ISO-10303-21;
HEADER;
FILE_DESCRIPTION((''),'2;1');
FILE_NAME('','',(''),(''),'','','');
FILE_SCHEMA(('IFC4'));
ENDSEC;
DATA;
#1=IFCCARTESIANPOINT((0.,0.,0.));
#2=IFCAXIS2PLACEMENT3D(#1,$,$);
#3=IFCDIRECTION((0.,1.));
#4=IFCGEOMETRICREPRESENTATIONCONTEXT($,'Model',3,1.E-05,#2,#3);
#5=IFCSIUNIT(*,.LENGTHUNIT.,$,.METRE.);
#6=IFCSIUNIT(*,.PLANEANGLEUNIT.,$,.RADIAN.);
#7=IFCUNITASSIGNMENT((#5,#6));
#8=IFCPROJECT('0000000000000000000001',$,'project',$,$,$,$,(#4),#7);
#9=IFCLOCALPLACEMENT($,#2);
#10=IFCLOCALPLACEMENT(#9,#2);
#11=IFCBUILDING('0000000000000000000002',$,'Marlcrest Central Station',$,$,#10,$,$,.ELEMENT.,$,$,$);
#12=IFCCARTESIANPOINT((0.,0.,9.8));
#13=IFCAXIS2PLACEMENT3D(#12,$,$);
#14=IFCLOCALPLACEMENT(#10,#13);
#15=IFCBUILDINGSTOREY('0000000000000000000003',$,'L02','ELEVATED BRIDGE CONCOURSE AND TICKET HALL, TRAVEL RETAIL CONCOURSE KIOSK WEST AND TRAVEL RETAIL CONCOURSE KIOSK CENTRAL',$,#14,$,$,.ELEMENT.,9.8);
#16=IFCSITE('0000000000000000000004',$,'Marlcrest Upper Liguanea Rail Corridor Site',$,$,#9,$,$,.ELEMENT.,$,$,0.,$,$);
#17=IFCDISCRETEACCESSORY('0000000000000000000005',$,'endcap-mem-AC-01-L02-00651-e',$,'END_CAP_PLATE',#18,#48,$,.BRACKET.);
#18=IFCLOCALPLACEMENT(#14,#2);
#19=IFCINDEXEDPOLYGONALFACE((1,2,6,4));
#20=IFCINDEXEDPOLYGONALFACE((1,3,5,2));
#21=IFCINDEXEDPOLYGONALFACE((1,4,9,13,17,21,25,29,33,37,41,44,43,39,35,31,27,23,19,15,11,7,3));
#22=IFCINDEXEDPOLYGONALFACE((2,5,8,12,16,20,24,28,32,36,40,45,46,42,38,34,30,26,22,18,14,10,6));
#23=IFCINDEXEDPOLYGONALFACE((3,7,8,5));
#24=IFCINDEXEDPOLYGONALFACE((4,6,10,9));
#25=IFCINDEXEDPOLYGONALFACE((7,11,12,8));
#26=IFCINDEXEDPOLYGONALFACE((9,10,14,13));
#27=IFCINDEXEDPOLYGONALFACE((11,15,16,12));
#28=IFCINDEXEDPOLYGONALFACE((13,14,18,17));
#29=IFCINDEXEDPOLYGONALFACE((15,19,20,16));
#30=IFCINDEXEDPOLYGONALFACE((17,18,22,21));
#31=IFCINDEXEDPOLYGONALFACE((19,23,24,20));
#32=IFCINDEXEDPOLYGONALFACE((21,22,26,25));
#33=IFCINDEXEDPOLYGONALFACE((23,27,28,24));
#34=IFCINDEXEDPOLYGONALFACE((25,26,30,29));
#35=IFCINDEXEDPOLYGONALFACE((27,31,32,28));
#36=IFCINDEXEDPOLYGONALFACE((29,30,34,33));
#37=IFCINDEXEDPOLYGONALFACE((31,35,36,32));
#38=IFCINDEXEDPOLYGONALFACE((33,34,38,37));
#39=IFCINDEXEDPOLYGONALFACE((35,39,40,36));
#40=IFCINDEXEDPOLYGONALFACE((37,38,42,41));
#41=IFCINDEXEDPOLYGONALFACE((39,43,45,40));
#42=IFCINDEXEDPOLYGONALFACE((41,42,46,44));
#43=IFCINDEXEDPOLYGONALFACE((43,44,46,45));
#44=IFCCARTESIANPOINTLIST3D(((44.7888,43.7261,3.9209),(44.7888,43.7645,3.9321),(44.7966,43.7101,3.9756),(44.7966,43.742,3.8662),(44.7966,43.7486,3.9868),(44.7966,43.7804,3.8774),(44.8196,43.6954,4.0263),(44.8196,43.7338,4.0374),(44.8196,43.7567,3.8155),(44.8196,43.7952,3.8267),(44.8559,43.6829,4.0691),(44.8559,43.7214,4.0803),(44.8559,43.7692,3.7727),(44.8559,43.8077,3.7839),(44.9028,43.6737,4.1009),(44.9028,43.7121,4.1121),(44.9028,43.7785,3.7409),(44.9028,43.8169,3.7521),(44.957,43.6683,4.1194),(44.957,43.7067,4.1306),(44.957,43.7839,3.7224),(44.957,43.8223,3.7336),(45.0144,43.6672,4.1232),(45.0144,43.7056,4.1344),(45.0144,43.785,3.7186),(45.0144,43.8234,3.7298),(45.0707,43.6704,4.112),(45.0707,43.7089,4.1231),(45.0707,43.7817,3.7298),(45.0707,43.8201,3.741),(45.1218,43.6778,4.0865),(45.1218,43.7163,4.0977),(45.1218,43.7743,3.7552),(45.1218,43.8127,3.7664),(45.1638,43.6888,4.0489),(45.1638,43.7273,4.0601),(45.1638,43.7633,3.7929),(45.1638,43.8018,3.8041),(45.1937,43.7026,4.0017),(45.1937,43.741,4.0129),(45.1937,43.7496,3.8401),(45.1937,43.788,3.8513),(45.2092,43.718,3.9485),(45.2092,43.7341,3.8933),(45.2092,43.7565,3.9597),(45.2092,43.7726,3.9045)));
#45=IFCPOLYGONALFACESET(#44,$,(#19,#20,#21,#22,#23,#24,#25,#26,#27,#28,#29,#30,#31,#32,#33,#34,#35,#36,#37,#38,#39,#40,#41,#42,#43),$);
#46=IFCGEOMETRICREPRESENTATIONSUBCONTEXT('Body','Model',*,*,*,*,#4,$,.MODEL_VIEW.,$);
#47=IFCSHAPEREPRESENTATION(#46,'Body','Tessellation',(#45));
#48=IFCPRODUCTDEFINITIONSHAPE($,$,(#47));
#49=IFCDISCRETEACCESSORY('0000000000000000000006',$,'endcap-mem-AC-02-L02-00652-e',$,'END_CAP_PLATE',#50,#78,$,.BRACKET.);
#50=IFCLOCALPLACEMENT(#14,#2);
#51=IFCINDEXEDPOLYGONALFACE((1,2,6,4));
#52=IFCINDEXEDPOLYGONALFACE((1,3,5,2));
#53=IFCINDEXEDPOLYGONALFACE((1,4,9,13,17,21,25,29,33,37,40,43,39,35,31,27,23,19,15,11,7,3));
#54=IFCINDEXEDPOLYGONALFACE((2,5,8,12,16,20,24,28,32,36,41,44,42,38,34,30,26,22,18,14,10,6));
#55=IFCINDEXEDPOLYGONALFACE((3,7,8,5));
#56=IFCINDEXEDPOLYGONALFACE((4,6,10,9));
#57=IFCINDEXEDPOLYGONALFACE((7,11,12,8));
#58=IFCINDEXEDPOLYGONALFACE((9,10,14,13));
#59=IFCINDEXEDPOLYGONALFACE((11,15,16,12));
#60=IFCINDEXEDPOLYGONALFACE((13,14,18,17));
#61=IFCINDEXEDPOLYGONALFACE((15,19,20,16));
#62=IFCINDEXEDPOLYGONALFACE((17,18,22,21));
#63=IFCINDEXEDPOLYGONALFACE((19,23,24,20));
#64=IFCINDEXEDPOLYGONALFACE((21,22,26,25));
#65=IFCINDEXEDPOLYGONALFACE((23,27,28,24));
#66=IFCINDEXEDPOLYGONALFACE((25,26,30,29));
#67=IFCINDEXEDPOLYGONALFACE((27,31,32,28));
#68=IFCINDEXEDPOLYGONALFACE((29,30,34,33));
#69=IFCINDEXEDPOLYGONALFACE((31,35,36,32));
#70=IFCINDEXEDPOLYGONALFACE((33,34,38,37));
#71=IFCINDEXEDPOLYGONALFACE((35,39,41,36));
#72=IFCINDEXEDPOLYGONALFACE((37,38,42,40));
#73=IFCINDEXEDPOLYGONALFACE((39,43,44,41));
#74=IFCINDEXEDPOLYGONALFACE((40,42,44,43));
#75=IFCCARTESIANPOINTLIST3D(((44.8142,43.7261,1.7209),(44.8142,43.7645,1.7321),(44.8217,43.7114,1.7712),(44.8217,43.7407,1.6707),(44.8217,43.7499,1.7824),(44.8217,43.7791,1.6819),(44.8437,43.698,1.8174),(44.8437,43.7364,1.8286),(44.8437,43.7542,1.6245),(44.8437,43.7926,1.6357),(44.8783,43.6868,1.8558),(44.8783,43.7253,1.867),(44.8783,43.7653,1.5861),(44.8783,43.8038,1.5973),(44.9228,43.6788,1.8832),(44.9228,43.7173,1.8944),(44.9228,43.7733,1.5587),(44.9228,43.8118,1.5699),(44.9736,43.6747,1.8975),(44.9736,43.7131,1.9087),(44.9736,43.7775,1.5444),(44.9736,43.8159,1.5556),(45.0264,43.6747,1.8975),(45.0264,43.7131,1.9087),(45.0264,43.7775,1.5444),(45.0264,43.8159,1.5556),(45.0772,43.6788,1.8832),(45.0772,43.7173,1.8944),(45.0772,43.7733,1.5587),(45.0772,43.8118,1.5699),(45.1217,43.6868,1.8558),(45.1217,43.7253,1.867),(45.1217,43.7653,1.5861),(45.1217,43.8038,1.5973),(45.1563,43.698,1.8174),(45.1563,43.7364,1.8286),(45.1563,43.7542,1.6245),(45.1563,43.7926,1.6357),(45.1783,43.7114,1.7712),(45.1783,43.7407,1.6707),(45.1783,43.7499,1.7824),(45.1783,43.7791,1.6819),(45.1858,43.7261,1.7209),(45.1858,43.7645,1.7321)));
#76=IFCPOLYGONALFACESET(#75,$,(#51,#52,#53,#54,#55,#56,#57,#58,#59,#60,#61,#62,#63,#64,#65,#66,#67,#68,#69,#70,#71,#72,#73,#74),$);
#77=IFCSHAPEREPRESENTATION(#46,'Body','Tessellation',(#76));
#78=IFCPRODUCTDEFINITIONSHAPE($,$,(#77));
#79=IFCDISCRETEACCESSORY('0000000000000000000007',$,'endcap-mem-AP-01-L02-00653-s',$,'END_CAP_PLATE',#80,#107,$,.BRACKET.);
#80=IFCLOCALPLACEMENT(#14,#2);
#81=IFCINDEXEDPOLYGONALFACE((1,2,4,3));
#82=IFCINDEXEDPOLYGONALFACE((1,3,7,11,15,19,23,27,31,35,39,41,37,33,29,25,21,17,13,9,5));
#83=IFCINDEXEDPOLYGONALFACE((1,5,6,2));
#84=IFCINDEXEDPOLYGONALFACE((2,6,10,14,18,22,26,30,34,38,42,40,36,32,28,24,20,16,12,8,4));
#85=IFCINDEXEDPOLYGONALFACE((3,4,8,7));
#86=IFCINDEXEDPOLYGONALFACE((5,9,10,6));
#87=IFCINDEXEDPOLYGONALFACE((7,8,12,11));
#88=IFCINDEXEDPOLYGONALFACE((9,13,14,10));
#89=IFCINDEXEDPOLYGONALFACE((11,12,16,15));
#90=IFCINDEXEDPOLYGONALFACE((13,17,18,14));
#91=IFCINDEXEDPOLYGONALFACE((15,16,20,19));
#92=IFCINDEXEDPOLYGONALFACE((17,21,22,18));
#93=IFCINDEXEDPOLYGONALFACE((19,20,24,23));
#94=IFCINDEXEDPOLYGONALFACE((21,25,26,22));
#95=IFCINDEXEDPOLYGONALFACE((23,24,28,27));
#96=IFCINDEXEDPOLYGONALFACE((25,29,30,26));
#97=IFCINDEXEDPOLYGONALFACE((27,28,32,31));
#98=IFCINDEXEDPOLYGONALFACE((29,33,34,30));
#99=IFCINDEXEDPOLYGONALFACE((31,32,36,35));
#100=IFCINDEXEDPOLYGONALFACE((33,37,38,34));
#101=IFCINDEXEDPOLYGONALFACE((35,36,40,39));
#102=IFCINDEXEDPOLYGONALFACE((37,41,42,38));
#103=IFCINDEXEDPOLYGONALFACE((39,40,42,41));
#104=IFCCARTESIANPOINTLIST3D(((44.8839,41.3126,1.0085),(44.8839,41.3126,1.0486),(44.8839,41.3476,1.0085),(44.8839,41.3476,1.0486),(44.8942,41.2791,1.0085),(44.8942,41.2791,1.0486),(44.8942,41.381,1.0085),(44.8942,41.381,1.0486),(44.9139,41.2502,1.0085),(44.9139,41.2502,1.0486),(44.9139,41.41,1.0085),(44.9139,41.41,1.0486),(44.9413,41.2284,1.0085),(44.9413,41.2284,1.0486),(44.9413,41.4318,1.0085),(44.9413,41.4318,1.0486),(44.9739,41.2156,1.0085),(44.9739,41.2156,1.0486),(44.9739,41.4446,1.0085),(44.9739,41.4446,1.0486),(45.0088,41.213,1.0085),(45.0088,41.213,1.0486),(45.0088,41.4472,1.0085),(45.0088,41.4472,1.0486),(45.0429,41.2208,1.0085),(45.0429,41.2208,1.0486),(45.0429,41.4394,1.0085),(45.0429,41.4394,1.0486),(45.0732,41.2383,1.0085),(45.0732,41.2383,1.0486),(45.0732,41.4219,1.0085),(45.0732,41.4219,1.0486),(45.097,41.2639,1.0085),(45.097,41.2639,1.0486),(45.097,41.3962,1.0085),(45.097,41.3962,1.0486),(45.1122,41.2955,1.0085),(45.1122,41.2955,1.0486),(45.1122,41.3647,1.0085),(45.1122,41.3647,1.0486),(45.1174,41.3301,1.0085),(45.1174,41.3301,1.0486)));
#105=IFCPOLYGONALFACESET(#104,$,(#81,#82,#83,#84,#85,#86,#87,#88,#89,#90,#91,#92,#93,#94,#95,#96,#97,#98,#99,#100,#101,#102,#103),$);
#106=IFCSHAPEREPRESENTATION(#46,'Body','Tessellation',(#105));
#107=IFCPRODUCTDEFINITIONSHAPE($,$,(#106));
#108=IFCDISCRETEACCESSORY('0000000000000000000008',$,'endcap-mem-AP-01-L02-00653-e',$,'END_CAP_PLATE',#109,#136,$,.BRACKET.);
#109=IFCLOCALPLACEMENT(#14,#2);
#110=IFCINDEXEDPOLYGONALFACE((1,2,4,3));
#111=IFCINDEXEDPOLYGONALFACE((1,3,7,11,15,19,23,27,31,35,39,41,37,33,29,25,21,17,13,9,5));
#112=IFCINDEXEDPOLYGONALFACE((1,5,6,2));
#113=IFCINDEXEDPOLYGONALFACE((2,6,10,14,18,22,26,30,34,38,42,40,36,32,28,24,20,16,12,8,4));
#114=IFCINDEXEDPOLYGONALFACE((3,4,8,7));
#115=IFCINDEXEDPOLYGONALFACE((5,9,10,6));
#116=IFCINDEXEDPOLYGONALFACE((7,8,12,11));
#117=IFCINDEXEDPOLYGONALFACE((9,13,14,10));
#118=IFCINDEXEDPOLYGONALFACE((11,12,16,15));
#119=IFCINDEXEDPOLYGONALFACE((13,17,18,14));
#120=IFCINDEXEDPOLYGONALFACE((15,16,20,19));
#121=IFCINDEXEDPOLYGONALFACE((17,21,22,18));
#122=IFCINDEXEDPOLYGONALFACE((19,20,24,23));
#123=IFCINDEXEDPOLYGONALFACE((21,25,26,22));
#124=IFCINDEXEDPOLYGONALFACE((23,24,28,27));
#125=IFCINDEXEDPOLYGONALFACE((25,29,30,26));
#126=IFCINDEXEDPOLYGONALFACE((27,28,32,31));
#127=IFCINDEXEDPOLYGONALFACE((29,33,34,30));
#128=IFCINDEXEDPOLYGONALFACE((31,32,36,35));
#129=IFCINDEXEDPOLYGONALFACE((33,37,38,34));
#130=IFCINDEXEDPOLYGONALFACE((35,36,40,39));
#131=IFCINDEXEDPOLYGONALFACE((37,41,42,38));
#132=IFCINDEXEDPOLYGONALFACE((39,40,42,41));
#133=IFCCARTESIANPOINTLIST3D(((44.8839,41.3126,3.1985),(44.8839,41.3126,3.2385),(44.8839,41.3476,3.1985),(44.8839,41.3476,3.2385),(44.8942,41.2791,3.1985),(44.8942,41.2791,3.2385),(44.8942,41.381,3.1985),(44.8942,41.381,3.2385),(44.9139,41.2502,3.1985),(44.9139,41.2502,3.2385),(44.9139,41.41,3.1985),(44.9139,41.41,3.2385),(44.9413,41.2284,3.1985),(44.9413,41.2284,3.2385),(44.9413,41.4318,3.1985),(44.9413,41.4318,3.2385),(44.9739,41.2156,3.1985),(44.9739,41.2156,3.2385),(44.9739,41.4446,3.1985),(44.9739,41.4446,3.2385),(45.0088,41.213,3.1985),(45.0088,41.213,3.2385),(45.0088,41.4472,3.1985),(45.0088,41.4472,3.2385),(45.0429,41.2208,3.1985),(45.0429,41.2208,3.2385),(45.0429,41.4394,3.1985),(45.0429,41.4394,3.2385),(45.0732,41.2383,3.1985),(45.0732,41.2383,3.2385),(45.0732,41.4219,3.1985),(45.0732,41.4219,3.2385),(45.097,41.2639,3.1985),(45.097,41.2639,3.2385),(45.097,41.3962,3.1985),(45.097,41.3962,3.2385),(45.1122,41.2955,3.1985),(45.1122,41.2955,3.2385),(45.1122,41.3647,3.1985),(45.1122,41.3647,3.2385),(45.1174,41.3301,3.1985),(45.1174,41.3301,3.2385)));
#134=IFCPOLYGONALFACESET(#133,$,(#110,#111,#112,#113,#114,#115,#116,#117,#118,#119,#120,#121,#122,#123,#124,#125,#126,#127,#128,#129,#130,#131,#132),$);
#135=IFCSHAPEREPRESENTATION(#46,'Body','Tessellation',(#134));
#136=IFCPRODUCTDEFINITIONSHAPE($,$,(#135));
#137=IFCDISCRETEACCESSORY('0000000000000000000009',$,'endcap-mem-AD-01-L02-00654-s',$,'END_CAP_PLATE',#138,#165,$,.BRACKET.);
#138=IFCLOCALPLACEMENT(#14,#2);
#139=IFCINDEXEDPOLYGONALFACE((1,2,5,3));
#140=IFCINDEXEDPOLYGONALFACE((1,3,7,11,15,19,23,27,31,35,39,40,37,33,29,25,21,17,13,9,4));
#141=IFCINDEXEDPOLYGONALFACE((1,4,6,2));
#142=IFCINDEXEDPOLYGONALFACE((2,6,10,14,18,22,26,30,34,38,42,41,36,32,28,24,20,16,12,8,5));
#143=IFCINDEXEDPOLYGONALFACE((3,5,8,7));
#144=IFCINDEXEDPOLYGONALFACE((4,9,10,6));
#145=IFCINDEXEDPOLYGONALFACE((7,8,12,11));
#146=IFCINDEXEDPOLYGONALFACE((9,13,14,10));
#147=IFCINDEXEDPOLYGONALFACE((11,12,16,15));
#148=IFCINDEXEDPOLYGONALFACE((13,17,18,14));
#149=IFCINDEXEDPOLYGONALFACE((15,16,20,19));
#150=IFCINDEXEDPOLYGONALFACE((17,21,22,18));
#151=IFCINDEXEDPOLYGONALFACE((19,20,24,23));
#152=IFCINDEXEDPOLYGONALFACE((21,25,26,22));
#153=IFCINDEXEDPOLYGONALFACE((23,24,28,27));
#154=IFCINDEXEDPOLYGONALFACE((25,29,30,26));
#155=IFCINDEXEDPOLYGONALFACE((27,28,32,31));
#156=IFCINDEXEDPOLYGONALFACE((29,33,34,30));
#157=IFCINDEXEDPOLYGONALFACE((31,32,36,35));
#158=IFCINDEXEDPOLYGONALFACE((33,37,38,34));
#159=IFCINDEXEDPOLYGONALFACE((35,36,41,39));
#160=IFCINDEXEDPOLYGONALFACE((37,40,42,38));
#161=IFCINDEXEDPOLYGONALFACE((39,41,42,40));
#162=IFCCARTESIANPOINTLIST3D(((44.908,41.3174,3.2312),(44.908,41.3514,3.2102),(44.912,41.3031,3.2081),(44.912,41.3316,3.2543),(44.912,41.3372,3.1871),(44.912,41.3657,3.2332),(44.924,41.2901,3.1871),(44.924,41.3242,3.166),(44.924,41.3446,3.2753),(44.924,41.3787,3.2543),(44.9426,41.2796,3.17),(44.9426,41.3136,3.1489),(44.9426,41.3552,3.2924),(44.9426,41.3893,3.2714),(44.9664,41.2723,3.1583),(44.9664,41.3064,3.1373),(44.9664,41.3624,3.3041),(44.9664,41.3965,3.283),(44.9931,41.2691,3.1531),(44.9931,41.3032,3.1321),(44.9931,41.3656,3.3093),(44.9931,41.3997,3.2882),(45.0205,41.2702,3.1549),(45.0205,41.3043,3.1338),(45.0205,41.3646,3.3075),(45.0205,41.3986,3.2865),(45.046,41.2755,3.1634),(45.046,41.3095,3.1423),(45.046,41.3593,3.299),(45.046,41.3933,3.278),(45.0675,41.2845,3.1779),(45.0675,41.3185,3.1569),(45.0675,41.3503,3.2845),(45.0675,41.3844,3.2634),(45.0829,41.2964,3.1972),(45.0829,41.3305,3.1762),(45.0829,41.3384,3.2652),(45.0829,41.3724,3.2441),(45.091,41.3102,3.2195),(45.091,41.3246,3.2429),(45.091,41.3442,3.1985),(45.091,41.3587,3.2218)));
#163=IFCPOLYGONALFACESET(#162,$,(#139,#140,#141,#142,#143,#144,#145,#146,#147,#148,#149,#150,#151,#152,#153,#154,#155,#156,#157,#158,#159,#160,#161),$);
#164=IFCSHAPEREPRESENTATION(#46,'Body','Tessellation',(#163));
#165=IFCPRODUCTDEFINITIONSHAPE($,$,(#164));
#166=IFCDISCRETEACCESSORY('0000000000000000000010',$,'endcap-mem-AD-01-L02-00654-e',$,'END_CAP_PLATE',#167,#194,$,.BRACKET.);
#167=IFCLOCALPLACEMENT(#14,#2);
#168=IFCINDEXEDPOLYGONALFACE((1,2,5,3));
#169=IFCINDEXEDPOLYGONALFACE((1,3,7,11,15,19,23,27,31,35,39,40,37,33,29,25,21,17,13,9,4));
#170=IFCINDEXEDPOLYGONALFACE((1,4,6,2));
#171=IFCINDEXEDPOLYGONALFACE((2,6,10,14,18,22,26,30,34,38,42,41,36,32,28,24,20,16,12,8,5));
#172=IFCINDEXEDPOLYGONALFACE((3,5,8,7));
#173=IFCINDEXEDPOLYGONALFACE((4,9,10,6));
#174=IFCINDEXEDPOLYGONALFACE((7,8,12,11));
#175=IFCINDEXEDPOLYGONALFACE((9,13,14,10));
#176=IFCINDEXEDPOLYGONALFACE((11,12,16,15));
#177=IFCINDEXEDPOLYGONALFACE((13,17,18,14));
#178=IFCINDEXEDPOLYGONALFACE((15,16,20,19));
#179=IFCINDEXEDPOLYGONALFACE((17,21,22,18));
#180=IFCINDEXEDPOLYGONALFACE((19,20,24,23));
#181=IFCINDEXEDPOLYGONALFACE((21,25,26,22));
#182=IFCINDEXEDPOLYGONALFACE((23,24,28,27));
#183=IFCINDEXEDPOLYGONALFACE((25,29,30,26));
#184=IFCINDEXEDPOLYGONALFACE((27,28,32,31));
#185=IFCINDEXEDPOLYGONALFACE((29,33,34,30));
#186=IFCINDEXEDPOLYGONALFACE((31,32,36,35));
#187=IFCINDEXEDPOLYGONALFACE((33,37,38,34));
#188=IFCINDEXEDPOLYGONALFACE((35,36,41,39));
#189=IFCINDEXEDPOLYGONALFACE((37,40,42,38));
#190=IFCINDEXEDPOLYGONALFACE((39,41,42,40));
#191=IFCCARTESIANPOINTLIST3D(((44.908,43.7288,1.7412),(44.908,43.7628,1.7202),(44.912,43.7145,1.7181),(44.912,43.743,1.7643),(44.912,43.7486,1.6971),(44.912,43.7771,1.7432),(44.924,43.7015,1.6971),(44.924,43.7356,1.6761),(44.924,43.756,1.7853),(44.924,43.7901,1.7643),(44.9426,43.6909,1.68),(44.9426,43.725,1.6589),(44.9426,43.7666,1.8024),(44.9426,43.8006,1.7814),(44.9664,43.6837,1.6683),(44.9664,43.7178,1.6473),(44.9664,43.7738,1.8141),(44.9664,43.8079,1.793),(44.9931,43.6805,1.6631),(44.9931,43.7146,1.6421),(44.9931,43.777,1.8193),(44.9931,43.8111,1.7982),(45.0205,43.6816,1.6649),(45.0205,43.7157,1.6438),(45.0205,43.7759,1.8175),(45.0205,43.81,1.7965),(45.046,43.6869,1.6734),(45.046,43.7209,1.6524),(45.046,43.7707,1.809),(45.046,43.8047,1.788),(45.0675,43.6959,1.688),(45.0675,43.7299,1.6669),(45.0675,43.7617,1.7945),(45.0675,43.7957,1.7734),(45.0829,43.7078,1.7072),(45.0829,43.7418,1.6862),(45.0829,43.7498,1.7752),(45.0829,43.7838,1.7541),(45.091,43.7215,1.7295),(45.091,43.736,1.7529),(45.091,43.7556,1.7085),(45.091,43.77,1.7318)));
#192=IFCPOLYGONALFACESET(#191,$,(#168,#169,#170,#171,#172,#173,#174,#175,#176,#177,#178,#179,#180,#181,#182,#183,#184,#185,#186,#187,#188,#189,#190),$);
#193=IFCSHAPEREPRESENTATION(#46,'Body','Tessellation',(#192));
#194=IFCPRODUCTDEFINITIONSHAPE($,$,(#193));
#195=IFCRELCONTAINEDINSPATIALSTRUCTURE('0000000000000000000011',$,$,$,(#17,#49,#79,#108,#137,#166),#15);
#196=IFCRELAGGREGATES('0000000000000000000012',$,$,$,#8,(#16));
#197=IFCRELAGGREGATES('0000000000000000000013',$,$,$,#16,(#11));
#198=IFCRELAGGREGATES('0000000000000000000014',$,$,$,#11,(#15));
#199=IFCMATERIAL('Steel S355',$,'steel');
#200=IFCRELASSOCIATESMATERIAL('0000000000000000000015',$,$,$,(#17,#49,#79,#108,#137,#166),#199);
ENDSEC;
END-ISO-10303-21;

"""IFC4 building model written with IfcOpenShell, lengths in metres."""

from ifc_helpers import new_model, si_unit, direction, frame, origin, origin_2d, place, context, subcontext, project, spatial, circle, extrude, material, element, save


model = new_model("IFC4")

# Units and contexts
model_context = context("Model", 3, precision=1e-05, world=origin(), true_north=direction((0.0, 1.0)))
body_context = subcontext(model_context, "Body", "Model", "MODEL_VIEW")
ifc_project = project(units=[si_unit("LENGTHUNIT", "METRE"), si_unit("PLANEANGLEUNIT", "RADIAN")], contexts=[model_context])

# Site, building, storey
site_placement = place(None, origin())
site = spatial("IfcSite", under=ifc_project, at=site_placement, Name="Marlcrest Upper Liguanea Rail Corridor Site", CompositionType="ELEMENT", RefElevation=0.0)
building_placement = place(site_placement, origin())
building = spatial("IfcBuilding", under=site, at=building_placement, Name="Marlcrest Central Station", CompositionType="ELEMENT")
storey_placement = place(building_placement, frame((0.0, 0.0, 9.8)))
storey = spatial("IfcBuildingStorey", under=building, at=storey_placement, Name="L02", Description="ELEVATED BRIDGE CONCOURSE AND TICKET HALL, TRAVEL RETAIL CONCOURSE KIOSK WEST AND TRAVEL RETAIL CONCOURSE KIOSK CENTRAL", CompositionType="ELEMENT", Elevation=9.8)

# Shared definitions
ifc_material_1 = material(Name="Steel S355", Category="steel")

# Discrete accessories
discrete_accessory_1_placement = place(storey_placement, frame((45.0, 43.7261, 3.9209), z_axis=(0.0, 0.96013, 0.279554), x_axis=(-1.0, 0.0, 0.0)))
element("IfcDiscreteAccessory", 1, at=discrete_accessory_1_placement, inside=storey, material=ifc_material_1, Name="endcap-mem-AC-01-L02-00651-e", ObjectType="END_CAP_PLATE", PredefinedType="BRACKET", context=body_context, shape_type="SweptSolid", body=[
    extrude(circle(Radius=0.2112, at=origin_2d()), origin(), (0.0, 0.0, 1.0), 0.04),
])
discrete_accessory_2_placement = place(storey_placement, frame((45.0, 43.7261, 1.7209), z_axis=(0.0, 0.96013, 0.279554), x_axis=(-1.0, 0.0, 0.0)))
element("IfcDiscreteAccessory", 2, at=discrete_accessory_2_placement, inside=storey, material=ifc_material_1, Name="endcap-mem-AC-02-L02-00652-e", ObjectType="END_CAP_PLATE", PredefinedType="BRACKET", context=body_context, shape_type="SweptSolid", body=[
    extrude(circle(Radius=0.1858, at=origin_2d()), origin(), (0.0, 0.0, 1.0), 0.04),
])
for number, where, z_axis, x_axis, name in (
    (3, (45.0, 41.3301, 1.0085), (0.0, 0.0, 1.0), (1.0, 0.0, 0.0), "endcap-mem-AP-01-L02-00653-s"),
    (4, (45.0, 41.3301, 3.1985), (0.0, 0.0, 1.0), (1.0, 0.0, 0.0), "endcap-mem-AP-01-L02-00653-e"),
):
    element("IfcDiscreteAccessory", number, at=place(storey_placement, frame(where, z_axis=z_axis, x_axis=x_axis)), inside=storey, material=ifc_material_1, Name=name, ObjectType="END_CAP_PLATE", PredefinedType="BRACKET", context=body_context, shape_type="SweptSolid", body=[
        extrude(circle(Radius=0.1174, at=origin_2d()), origin(), (0.0, 0.0, 1.0), 0.04),
    ])
for number, where, z_axis, x_axis, name in (
    (5, (45.0, 41.3174, 3.2312), (0.0, 0.850687, -0.525672), (-1.0, 0.0, 0.0), "endcap-mem-AD-01-L02-00654-s"),
    (6, (45.0, 43.7288, 1.7412), (0.0, 0.850687, -0.525672), (-1.0, 0.0, 0.0), "endcap-mem-AD-01-L02-00654-e"),
):
    element("IfcDiscreteAccessory", number, at=place(storey_placement, frame(where, z_axis=z_axis, x_axis=x_axis)), inside=storey, material=ifc_material_1, Name=name, ObjectType="END_CAP_PLATE", PredefinedType="BRACKET", context=body_context, shape_type="SweptSolid", body=[
        extrude(circle(Radius=0.092, at=origin_2d()), origin(), (0.0, 0.0, 1.0), 0.04),
    ])

save(model, "model.ifc")
